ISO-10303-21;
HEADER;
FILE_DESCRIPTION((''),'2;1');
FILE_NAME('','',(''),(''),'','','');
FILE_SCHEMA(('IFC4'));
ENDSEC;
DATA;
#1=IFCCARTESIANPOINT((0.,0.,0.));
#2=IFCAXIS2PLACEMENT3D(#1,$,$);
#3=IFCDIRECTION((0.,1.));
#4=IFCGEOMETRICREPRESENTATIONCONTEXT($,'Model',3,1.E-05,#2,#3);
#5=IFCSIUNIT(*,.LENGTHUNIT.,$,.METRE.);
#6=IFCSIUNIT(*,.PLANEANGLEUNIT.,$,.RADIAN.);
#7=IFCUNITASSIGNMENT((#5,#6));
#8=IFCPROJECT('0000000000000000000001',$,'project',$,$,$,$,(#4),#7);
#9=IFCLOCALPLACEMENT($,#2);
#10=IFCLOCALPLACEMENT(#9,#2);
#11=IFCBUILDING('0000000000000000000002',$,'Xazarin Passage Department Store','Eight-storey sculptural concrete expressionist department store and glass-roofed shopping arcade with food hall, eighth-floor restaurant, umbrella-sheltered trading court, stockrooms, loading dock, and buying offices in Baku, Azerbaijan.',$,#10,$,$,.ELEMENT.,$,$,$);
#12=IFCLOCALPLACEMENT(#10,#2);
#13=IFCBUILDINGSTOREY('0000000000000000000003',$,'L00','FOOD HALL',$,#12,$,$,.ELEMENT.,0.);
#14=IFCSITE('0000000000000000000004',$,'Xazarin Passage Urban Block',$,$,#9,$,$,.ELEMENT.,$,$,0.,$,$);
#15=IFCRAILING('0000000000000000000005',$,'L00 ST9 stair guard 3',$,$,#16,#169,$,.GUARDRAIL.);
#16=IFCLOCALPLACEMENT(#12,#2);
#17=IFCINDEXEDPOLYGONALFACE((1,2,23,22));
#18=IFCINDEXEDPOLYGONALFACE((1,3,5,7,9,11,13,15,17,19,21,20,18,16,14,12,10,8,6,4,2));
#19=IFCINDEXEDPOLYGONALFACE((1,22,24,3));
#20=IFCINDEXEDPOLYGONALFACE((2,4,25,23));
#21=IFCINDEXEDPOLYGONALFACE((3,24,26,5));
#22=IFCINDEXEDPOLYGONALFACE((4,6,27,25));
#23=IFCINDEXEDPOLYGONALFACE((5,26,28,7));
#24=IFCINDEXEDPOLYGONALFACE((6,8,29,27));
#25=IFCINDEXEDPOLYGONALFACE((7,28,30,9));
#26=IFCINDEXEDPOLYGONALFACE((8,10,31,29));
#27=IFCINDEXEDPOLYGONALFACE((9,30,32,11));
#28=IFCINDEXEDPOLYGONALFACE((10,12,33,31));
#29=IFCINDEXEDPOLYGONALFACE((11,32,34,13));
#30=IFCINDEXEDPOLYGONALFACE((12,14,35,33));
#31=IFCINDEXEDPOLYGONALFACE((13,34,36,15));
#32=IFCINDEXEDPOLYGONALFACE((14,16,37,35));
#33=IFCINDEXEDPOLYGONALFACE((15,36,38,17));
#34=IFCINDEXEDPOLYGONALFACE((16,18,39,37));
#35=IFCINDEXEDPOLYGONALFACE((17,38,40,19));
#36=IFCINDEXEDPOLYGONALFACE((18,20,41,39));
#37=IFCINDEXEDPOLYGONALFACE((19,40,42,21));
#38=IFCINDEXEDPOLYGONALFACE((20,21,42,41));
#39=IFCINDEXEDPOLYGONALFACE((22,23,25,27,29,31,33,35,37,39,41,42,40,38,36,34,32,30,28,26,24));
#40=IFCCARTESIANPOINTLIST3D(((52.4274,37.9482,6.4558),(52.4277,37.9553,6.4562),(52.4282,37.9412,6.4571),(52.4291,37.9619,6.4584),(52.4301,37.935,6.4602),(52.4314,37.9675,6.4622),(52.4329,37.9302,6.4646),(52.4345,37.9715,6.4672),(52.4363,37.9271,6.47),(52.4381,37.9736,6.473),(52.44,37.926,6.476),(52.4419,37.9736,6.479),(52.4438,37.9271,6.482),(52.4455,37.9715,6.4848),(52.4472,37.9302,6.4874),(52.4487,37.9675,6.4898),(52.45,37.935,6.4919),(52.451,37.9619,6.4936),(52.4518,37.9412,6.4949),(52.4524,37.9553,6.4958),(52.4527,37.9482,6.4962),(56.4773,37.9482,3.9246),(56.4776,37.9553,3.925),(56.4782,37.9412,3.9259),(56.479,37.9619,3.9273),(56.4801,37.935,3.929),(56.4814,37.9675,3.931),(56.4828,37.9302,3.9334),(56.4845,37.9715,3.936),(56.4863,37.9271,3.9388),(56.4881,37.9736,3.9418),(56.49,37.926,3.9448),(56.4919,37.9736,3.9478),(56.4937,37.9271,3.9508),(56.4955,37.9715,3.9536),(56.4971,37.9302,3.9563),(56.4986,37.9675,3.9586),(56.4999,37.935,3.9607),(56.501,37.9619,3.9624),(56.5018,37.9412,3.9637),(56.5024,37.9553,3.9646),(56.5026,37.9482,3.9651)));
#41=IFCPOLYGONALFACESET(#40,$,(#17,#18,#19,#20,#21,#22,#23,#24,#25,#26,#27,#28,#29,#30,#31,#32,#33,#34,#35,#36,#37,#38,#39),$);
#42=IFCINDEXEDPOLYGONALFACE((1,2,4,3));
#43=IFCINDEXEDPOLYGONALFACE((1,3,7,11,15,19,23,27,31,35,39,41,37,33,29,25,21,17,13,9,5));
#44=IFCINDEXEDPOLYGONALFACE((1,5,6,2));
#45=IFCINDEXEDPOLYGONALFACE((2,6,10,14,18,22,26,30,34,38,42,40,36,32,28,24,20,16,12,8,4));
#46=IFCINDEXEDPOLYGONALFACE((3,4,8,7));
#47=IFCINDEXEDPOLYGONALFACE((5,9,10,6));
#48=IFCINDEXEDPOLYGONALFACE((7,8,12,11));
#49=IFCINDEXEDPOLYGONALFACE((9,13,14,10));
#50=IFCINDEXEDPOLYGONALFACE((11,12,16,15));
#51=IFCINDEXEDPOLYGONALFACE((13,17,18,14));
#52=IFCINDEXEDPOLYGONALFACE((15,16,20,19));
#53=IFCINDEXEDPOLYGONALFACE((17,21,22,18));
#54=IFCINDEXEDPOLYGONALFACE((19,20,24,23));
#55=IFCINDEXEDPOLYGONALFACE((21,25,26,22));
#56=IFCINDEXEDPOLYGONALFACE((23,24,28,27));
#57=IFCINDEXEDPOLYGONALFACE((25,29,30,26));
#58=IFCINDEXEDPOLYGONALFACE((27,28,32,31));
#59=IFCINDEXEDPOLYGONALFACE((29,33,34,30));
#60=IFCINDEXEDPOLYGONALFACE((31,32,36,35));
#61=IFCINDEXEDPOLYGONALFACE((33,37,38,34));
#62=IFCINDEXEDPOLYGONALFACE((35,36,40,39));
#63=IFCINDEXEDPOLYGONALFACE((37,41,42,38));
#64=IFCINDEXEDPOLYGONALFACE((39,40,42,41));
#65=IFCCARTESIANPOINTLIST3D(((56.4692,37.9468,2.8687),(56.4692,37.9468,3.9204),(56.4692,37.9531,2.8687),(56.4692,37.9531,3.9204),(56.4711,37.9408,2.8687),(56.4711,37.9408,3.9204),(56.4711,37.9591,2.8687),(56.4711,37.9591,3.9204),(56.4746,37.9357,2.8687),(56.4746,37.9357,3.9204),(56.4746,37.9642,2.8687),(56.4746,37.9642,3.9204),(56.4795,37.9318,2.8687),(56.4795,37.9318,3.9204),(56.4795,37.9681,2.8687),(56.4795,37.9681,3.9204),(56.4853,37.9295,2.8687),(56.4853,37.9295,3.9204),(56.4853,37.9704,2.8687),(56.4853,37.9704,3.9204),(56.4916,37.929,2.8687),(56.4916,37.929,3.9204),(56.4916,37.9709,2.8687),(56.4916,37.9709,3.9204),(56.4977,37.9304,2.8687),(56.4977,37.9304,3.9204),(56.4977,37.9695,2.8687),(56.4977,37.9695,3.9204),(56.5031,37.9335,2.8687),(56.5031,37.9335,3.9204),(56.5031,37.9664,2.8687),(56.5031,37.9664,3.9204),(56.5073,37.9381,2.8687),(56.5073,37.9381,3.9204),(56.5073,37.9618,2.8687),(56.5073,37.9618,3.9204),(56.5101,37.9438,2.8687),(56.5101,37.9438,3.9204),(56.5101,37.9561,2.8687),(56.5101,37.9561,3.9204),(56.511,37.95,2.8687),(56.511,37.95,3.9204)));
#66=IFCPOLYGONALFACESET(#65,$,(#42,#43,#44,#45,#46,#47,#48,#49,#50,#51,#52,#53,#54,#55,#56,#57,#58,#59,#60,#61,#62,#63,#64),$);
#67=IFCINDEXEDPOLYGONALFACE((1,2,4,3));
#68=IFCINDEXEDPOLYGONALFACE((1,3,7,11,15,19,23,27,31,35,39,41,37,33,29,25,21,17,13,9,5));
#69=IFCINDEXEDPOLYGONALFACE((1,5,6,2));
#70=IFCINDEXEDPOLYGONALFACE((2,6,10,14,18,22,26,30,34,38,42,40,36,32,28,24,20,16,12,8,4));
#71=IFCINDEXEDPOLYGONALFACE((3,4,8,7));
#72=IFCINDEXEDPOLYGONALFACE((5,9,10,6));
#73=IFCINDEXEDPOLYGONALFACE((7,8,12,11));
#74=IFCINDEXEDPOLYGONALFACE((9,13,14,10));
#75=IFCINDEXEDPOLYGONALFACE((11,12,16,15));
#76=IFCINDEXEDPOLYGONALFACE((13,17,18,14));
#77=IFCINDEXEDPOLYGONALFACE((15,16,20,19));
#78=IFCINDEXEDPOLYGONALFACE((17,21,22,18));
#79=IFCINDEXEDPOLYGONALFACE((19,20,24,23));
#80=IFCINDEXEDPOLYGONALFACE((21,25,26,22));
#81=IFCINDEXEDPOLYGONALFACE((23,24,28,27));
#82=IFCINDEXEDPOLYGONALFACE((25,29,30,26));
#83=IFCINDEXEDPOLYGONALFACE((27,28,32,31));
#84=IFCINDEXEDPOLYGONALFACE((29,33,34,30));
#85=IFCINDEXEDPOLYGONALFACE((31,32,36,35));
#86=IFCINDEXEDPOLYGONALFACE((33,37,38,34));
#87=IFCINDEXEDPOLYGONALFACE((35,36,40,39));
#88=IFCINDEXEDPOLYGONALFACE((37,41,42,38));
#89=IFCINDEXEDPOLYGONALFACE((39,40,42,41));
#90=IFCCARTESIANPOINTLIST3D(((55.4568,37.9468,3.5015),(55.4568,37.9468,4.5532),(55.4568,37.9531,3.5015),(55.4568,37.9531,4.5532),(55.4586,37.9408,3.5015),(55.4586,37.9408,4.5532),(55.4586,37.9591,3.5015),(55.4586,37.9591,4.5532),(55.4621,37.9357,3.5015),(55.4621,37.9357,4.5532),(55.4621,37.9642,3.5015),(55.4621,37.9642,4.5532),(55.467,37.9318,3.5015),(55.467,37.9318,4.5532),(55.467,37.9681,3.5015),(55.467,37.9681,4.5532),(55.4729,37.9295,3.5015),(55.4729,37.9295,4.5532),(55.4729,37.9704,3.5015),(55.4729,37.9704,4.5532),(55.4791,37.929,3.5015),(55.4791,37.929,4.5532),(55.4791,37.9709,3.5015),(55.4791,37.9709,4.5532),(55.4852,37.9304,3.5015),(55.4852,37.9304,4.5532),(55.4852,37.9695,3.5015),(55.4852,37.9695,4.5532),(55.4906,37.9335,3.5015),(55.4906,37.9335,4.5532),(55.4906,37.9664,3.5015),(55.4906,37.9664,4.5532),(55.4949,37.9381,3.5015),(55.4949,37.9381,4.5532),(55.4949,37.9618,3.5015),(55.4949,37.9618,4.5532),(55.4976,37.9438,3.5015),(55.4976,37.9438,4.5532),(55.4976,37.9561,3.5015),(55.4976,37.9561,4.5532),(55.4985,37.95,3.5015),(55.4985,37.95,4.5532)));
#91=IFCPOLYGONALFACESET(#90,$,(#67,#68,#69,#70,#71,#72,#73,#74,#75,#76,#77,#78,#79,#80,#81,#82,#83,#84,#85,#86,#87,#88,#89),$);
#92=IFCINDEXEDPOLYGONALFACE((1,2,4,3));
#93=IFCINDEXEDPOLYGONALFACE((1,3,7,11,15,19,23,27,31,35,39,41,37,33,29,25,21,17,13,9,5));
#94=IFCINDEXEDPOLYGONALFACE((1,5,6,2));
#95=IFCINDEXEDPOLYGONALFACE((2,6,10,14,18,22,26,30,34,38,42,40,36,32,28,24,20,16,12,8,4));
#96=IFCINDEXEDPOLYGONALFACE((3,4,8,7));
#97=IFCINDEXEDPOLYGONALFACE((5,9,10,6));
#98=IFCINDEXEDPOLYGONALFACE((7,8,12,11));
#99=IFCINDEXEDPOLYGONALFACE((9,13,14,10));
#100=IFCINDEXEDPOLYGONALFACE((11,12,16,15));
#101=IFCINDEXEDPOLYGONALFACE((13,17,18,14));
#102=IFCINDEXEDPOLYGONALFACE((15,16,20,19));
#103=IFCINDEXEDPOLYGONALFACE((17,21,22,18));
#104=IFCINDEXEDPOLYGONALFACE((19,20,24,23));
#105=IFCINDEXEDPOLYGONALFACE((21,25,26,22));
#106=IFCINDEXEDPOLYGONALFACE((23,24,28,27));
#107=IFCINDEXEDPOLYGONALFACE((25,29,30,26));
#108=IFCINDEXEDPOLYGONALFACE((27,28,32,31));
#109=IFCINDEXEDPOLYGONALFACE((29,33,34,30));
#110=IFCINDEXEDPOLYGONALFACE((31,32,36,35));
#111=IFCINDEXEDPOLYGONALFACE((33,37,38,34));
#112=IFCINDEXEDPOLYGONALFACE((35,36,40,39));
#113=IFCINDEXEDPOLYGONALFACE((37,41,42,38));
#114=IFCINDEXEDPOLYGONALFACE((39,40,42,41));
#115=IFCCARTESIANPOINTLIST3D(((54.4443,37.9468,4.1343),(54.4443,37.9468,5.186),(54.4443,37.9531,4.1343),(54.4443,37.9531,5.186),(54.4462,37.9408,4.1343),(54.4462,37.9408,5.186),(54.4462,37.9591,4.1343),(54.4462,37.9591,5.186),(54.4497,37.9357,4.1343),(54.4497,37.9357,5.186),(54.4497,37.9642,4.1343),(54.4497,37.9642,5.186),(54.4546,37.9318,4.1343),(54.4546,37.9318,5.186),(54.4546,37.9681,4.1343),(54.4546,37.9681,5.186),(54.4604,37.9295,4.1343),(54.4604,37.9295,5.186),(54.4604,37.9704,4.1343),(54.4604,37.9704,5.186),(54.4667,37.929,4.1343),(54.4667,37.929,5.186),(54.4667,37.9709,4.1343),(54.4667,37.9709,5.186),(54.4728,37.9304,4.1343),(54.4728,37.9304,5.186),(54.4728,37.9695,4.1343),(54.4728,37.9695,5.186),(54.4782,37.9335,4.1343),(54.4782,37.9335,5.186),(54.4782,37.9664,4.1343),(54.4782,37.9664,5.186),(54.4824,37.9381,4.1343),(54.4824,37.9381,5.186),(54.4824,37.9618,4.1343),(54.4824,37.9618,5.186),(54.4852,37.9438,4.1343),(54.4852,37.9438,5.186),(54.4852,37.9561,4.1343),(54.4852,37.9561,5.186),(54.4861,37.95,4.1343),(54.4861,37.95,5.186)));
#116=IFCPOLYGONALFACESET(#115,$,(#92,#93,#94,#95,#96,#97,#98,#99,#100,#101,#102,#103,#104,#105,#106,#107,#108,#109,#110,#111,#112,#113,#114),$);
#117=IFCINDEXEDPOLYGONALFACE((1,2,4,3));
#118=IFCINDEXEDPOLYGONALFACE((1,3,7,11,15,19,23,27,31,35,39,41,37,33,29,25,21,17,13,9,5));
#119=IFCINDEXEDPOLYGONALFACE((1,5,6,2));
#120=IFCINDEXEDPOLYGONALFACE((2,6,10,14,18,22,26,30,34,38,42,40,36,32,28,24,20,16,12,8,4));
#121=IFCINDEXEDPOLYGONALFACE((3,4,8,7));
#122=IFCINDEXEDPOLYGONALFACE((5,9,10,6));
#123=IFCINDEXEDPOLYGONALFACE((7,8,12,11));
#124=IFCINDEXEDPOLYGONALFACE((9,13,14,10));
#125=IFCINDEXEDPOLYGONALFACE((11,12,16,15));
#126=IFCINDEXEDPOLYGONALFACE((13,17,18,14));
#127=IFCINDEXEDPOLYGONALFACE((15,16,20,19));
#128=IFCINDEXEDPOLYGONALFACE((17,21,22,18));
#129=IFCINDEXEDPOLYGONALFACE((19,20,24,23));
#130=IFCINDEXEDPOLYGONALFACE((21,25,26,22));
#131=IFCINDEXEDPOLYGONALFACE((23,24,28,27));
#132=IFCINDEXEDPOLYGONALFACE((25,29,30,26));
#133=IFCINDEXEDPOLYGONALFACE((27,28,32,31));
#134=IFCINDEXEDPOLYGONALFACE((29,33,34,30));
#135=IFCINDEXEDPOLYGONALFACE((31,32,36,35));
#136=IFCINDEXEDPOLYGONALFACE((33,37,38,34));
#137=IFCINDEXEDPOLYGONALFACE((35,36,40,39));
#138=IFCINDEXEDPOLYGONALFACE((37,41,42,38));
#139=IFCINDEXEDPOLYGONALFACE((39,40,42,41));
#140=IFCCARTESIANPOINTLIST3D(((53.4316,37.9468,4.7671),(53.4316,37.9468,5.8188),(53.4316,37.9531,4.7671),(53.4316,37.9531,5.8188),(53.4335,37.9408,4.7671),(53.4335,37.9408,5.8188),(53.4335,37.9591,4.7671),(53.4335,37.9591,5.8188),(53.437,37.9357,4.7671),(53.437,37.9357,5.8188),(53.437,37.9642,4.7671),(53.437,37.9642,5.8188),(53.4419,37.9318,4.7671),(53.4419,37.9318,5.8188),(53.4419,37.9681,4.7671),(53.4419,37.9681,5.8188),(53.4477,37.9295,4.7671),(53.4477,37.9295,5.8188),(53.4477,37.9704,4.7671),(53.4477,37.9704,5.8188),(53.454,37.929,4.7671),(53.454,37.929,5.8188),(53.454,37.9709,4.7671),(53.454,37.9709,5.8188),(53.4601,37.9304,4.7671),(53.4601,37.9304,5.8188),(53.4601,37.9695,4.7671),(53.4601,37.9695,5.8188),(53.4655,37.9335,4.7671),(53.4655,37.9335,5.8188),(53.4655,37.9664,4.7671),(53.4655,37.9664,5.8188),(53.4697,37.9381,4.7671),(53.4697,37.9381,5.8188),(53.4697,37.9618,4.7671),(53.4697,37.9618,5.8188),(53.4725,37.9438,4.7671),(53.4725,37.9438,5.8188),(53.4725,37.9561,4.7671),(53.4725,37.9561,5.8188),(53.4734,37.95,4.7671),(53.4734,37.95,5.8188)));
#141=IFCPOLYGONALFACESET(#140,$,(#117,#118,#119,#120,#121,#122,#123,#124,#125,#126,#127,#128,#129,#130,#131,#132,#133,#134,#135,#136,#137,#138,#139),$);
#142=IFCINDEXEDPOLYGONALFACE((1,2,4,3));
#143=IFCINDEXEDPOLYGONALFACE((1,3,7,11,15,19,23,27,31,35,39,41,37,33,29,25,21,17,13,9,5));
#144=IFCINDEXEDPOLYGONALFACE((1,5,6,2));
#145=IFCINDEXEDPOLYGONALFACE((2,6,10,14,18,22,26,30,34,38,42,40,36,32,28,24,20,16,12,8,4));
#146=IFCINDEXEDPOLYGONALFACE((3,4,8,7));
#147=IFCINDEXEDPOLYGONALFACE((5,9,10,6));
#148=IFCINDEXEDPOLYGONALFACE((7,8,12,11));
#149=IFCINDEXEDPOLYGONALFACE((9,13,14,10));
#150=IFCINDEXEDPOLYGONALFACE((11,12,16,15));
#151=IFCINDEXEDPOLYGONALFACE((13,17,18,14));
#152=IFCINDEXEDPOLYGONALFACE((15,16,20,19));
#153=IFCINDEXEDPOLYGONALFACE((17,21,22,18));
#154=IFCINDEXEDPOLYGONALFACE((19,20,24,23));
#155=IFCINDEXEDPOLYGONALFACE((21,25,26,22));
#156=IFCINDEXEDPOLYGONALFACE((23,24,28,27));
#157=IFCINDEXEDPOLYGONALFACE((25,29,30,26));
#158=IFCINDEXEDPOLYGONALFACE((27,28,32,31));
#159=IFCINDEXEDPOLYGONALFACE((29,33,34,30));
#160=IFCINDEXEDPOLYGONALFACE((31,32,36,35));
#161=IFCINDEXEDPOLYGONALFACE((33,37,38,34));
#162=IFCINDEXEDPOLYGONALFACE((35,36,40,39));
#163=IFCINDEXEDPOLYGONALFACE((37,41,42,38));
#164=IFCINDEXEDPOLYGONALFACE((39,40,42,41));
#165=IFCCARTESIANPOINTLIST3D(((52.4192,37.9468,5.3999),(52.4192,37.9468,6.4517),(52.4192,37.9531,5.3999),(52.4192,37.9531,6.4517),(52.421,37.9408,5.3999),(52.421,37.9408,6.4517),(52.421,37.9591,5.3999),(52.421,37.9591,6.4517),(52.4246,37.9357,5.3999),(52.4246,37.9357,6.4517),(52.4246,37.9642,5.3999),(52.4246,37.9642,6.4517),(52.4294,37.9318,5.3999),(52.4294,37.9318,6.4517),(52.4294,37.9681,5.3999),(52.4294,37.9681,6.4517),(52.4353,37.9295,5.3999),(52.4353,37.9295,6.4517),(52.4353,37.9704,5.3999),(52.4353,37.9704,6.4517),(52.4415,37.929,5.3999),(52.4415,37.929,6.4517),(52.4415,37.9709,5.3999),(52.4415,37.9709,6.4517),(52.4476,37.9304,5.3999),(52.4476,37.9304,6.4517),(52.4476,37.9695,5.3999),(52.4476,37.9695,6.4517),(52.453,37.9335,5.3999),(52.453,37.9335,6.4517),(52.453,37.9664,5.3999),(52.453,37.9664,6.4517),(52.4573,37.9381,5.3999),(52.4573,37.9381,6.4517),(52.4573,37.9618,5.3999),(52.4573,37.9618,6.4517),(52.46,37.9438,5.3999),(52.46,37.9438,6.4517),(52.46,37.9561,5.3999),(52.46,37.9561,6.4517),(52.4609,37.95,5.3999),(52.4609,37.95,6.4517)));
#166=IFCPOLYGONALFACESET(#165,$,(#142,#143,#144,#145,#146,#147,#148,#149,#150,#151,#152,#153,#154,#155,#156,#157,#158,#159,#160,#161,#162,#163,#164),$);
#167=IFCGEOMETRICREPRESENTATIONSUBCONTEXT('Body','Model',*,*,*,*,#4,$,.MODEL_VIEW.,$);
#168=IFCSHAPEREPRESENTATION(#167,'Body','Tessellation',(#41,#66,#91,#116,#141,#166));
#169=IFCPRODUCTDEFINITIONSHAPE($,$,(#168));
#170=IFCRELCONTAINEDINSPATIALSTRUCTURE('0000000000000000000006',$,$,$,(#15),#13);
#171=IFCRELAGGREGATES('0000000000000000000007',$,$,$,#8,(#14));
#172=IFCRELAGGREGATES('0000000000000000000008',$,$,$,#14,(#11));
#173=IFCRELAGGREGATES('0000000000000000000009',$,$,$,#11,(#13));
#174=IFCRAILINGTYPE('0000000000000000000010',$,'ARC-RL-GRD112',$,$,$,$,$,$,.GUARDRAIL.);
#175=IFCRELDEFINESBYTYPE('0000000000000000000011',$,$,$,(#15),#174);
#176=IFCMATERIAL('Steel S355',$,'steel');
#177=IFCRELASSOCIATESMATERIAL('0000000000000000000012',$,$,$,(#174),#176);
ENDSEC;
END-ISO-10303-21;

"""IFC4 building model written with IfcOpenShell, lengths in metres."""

from ifc_helpers import new_model, si_unit, direction, frame, origin, origin_2d, place, context, subcontext, project, spatial, circle, extrude, material, type_object, element, save


model = new_model("IFC4")

# Units and contexts
model_context = context("Model", 3, precision=1e-05, world=origin(), true_north=direction((0.0, 1.0)))
body_context = subcontext(model_context, "Body", "Model", "MODEL_VIEW")
ifc_project = project(units=[si_unit("LENGTHUNIT", "METRE"), si_unit("PLANEANGLEUNIT", "RADIAN")], contexts=[model_context])

# Site, building, storey
site_placement = place(None, origin())
site = spatial("IfcSite", under=ifc_project, at=site_placement, Name="Xazarin Passage Urban Block", CompositionType="ELEMENT", RefElevation=0.0)
building_placement = place(site_placement, origin())
building = spatial("IfcBuilding", under=site, at=building_placement, Name="Xazarin Passage Department Store", Description="Eight-storey sculptural concrete expressionist department store and glass-roofed shopping arcade with food hall, eighth-floor restaurant, umbrella-sheltered trading court, stockrooms, loading dock, and buying offices in Baku, Azerbaijan.", CompositionType="ELEMENT")
storey_placement = place(building_placement, origin())
storey = spatial("IfcBuildingStorey", under=building, at=storey_placement, Name="L00", Description="FOOD HALL", CompositionType="ELEMENT", Elevation=0.0)

# Shared definitions
ifc_material_1 = material(Name="Steel S355", Category="steel")

# Railing
railing_type_1 = type_object("IfcRailingType", Name="ARC-RL-GRD112", PredefinedType="GUARDRAIL", material=ifc_material_1)
railing_1_placement = place(storey_placement, frame((56.49, 37.95, 2.8687)))
element("IfcRailing", 1, at=railing_1_placement, inside=storey, type_object=railing_type_1, Name="L00 ST9 stair guard 3", PredefinedType="GUARDRAIL", context=body_context, shape_type="SweptSolid", body=[
    extrude(circle(Radius=0.0239, at=origin_2d()), frame((0.0, 0.0, 1.0762), z_axis=(-0.848001, 0.0, 0.529994), x_axis=(0.0, -1.0, 0.0)), (0.0, 0.0, 1.0), 4.7759),
    extrude(circle(Radius=0.021, at=origin_2d()), origin(), (0.0, 0.0, 1.0), 1.0518),
    extrude(circle(Radius=0.021, at=origin_2d()), frame((-1.0125, 0.0, 0.6328)), (0.0, 0.0, 1.0), 1.0518),
    extrude(circle(Radius=0.021, at=origin_2d()), frame((-2.0249, 0.0, 1.2656)), (0.0, 0.0, 1.0), 1.0518),
    extrude(circle(Radius=0.021, at=origin_2d()), frame((-3.0376, 0.0, 1.8984)), (0.0, 0.0, 1.0), 1.0518),
    extrude(circle(Radius=0.021, at=origin_2d()), frame((-4.05, 0.0, 2.5312)), (0.0, 0.0, 1.0), 1.0518),
])

save(model, "model.ifc")
